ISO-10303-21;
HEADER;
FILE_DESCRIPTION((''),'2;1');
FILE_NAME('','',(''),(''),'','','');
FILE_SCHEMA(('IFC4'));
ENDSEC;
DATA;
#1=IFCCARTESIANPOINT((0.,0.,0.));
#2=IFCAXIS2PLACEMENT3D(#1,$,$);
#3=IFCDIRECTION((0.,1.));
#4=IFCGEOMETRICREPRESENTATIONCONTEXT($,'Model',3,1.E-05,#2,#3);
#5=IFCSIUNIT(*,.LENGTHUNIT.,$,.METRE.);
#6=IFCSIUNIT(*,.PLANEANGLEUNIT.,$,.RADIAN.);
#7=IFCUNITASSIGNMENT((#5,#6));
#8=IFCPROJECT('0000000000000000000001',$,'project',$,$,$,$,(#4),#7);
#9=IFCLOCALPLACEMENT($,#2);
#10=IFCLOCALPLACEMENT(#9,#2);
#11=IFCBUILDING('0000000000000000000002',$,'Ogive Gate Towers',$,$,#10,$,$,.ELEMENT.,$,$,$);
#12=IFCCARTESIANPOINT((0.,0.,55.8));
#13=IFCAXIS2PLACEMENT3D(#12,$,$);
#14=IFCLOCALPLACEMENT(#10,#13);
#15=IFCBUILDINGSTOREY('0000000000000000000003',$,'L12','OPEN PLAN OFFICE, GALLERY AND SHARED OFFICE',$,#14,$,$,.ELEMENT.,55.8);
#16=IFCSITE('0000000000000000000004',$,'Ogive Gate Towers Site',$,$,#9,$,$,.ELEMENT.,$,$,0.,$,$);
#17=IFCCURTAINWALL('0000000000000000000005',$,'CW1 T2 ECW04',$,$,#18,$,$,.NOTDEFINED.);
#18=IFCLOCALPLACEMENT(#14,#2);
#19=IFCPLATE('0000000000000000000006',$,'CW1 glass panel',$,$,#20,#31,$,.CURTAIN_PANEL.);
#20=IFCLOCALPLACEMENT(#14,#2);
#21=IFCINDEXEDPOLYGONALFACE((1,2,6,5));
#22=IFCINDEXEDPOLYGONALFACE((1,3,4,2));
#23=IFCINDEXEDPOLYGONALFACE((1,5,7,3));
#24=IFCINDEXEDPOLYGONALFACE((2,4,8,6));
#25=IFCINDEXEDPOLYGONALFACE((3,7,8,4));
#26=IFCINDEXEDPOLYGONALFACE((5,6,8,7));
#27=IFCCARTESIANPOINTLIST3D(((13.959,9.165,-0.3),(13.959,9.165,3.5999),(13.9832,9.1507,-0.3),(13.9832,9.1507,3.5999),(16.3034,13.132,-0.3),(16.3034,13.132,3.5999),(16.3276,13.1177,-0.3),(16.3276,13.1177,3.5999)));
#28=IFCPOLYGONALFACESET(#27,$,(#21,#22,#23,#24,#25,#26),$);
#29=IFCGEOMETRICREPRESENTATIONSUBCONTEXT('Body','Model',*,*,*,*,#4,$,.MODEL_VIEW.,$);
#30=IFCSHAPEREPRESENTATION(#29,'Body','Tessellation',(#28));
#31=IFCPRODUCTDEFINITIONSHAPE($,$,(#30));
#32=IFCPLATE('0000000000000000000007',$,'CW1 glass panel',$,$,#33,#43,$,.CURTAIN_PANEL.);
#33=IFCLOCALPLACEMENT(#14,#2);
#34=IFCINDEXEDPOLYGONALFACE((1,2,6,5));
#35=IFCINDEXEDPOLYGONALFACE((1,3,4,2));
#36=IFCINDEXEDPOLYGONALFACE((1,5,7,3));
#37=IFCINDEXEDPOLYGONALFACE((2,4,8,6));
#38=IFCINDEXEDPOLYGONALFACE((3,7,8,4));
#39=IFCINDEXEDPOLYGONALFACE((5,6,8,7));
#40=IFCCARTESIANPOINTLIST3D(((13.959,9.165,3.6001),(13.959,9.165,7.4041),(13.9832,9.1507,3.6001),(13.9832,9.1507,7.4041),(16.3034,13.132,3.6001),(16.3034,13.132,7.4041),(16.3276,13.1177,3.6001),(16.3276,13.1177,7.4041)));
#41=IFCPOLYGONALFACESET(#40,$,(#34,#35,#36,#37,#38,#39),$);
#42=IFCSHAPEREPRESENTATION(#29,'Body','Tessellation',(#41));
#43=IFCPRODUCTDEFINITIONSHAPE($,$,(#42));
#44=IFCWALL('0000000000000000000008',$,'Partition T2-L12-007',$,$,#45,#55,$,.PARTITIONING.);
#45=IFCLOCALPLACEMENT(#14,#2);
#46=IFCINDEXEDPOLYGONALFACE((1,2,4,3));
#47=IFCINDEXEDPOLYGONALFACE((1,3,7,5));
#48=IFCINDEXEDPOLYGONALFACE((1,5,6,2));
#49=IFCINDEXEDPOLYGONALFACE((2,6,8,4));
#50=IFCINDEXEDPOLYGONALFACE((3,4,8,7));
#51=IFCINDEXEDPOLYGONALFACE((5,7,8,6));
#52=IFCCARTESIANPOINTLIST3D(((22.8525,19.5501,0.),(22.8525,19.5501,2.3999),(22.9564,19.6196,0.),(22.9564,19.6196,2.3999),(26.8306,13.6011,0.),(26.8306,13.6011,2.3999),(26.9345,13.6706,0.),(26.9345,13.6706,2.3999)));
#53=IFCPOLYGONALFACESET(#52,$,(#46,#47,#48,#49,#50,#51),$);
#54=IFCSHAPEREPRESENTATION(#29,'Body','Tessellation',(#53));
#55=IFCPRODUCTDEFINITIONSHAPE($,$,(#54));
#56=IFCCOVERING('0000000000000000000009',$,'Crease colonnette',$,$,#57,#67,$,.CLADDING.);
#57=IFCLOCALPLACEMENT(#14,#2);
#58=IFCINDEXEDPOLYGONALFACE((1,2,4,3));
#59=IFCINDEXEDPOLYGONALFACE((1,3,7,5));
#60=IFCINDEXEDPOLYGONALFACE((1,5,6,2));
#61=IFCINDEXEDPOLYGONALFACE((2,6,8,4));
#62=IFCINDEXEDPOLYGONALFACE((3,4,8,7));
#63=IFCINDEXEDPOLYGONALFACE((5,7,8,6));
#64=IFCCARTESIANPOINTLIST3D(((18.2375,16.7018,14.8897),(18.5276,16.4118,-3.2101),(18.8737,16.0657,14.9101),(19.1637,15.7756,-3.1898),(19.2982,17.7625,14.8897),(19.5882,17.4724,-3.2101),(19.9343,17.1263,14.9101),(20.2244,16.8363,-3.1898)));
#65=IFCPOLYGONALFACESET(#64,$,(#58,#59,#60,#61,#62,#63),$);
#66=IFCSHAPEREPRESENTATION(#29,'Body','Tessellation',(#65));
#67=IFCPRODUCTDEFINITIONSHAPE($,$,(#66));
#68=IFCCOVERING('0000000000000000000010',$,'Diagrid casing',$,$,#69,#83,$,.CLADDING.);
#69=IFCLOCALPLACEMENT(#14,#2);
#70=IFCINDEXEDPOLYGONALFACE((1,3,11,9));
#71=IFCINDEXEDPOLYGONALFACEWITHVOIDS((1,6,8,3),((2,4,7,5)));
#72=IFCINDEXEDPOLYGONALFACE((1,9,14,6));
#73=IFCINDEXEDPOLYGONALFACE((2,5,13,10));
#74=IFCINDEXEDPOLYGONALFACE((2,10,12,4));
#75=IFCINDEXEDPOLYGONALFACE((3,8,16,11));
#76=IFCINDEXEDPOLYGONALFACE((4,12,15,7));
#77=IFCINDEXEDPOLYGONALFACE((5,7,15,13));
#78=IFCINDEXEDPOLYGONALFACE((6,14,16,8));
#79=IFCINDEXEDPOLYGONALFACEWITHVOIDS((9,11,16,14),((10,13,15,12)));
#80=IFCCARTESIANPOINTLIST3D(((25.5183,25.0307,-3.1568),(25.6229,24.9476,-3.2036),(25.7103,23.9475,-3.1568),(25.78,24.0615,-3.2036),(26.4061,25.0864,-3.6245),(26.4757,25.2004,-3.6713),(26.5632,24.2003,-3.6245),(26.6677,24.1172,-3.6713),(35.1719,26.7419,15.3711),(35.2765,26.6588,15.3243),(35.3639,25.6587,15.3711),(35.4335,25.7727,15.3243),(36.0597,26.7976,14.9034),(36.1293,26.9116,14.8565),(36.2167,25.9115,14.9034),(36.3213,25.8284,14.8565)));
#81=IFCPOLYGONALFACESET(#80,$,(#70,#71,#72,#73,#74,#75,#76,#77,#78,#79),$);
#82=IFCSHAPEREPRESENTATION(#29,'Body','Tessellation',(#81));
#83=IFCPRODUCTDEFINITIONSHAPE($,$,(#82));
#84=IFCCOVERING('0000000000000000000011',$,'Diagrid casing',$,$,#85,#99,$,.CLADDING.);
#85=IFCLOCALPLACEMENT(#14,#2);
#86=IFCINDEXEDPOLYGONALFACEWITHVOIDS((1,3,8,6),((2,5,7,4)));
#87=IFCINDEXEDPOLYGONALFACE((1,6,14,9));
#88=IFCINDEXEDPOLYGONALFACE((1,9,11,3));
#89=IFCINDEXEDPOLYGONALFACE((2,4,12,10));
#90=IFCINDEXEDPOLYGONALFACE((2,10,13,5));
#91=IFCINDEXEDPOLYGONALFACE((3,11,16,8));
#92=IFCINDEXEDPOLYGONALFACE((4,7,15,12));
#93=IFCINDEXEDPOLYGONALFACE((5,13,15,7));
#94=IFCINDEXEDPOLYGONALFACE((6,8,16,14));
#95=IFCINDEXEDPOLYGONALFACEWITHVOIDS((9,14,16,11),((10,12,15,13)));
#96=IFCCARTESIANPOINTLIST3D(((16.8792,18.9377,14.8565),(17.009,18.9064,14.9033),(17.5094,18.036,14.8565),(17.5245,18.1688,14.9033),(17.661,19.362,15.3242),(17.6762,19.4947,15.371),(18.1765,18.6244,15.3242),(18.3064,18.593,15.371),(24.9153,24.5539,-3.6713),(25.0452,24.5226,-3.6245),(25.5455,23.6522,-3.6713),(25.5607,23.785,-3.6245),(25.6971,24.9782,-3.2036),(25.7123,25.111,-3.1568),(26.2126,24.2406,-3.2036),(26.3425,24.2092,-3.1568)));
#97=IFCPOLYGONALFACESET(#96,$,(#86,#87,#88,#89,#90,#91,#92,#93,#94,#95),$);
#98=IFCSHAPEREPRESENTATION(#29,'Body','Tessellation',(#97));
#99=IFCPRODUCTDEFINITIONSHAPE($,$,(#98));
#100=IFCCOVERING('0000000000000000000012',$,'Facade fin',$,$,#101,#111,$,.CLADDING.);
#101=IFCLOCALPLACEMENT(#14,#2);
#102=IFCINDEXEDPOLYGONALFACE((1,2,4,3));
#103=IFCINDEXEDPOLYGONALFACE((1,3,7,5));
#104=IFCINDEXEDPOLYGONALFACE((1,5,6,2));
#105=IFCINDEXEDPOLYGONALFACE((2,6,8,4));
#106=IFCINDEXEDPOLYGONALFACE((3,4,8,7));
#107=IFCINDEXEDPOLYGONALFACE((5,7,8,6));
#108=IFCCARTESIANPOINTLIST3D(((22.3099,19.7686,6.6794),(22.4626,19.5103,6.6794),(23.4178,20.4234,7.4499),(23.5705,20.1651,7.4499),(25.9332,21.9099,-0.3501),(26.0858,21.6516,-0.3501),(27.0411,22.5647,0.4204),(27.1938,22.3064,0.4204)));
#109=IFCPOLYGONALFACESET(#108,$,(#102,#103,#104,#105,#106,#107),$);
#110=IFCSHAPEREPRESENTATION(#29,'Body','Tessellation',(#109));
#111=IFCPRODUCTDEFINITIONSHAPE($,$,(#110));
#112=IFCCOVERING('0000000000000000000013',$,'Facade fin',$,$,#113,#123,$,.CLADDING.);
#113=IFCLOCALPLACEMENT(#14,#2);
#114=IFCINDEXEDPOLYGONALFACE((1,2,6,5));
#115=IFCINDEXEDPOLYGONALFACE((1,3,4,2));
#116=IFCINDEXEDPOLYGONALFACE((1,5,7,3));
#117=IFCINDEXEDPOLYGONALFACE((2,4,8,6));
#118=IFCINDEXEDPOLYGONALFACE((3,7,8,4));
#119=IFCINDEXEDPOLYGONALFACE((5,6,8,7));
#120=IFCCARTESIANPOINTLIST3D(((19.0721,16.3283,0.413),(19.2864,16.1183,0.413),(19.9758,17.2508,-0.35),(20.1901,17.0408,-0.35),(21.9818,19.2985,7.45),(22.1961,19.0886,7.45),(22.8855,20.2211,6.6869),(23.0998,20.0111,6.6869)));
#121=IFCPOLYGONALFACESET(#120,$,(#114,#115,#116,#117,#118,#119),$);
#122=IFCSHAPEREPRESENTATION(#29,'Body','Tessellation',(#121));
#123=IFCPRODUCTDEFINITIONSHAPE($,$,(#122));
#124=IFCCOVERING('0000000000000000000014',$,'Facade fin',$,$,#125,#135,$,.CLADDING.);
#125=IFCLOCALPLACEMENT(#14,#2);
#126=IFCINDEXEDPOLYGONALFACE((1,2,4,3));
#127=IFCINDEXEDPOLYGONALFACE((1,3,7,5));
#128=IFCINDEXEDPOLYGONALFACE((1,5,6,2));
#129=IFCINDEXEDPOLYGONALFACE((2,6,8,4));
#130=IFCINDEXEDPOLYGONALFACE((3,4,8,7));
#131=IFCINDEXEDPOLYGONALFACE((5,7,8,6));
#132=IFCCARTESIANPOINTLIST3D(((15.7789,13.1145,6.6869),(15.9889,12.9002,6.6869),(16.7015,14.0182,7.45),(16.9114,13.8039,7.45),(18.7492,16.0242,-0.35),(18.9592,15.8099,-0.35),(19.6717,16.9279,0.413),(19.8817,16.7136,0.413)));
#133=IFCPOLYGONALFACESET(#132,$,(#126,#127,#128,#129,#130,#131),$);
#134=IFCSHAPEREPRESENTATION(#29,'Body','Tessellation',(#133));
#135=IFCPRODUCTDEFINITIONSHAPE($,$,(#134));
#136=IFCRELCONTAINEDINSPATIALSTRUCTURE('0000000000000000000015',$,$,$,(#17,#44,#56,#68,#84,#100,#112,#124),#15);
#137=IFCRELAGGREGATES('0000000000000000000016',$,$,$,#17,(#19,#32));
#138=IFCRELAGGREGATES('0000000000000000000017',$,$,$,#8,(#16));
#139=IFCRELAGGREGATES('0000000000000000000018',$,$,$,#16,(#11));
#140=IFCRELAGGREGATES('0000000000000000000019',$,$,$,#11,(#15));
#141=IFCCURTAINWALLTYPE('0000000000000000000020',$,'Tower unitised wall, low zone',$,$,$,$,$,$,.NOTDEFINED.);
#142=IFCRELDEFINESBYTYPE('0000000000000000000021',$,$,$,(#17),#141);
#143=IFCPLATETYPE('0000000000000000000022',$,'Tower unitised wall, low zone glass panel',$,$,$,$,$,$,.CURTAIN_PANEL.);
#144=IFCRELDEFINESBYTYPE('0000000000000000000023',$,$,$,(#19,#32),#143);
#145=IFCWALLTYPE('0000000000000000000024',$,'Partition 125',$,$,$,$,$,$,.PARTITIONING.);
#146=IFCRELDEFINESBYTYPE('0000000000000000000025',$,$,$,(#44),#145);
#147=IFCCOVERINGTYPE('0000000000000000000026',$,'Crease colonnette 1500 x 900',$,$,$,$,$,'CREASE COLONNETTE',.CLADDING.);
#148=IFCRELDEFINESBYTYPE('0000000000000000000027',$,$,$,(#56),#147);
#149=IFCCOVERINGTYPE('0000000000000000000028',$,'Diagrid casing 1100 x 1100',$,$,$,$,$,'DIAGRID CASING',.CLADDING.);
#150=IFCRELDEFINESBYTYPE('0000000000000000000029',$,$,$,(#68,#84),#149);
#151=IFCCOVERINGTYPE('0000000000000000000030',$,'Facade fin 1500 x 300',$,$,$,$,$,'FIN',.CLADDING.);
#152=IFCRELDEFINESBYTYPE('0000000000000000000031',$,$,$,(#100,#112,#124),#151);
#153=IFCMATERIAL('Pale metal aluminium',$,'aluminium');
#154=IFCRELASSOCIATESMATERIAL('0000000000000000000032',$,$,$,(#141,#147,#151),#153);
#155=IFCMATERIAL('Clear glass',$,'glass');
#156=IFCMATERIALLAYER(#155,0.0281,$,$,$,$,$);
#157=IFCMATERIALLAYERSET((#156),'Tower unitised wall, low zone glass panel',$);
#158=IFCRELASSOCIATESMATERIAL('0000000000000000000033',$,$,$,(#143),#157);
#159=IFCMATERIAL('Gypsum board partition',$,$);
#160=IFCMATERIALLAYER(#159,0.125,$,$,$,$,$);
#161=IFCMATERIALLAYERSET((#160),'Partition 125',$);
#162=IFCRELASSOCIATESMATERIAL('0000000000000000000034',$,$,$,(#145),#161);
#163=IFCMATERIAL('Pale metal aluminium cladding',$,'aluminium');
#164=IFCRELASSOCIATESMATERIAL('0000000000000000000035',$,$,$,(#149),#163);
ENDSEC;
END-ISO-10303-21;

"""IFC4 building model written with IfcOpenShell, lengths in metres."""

from ifc_helpers import new_model, si_unit, direction, frame, frame_2d, origin, origin_2d, place, context, subcontext, project, spatial, rectangle, hollow_rectangle, extrude, material, layer, layer_set, material_profile, profile_set, type_object, element, aggregate, save


model = new_model("IFC4")

# Units and contexts
model_context = context("Model", 3, precision=1e-05, world=origin(), true_north=direction((0.0, 1.0)))
body_context = subcontext(model_context, "Body", "Model", "MODEL_VIEW")
ifc_project = project(units=[si_unit("LENGTHUNIT", "METRE"), si_unit("PLANEANGLEUNIT", "RADIAN")], contexts=[model_context])

# Site, building, storey
site_placement = place(None, origin())
site = spatial("IfcSite", under=ifc_project, at=site_placement, Name="Ogive Gate Towers Site", CompositionType="ELEMENT", RefElevation=0.0)
building_placement = place(site_placement, origin())
building = spatial("IfcBuilding", under=site, at=building_placement, Name="Ogive Gate Towers", CompositionType="ELEMENT")
storey_placement = place(building_placement, frame((0.0, 0.0, 55.8)))
storey = spatial("IfcBuildingStorey", under=building, at=storey_placement, Name="L12", Description="OPEN PLAN OFFICE, GALLERY AND SHARED OFFICE", CompositionType="ELEMENT", Elevation=55.8)

# Shared definitions
ifc_material_1 = material(Name="Pale metal aluminium", Category="aluminium")
curtain_wall_type = type_object("IfcCurtainWallType", Name="Tower unitised wall, low zone", PredefinedType="NOTDEFINED", material=ifc_material_1)

# Curtain wall
curtain_wall_1_placement = place(storey_placement, origin())
curtain_wall_1 = element("IfcCurtainWall", 1, at=curtain_wall_1_placement, inside=storey, type_object=curtain_wall_type, Name="CW1 T2 ECW04", PredefinedType="NOTDEFINED")

# Plates
ifc_material_2 = material(Name="Clear glass", Category="glass")
ifc_layer_1 = layer(ifc_material_2, 0.0281)
ifc_layer_set_1 = layer_set([ifc_layer_1], Name="Tower unitised wall, low zone glass panel")
plate_type = type_object("IfcPlateType", Name="Tower unitised wall, low zone glass panel", PredefinedType="CURTAIN_PANEL", material=ifc_layer_set_1)
plate_1_placement = place(storey_placement, frame((15.1433, 11.1414, -0.3), z_axis=(0.0, 0.0, 1.0), x_axis=(-0.508771, -0.860902, 0.0)))
plate_1 = element("IfcPlate", 2, at=plate_1_placement, type_object=plate_type, Name="CW1 glass panel", PredefinedType="CURTAIN_PANEL", context=body_context, shape_type="SweptSolid", body=[
    extrude(rectangle(XDim=4.6079, YDim=0.0281, at=origin_2d()), origin(), (0.0, 0.0, 1.0), 3.8999),
])
plate_2_placement = place(storey_placement, frame((15.1433, 11.1414, 3.6001), z_axis=(0.0, 0.0, 1.0), x_axis=(-0.508771, -0.860902, 0.0)))
plate_2 = element("IfcPlate", 3, at=plate_2_placement, type_object=plate_type, Name="CW1 glass panel", PredefinedType="CURTAIN_PANEL", context=body_context, shape_type="SweptSolid", body=[
    extrude(rectangle(XDim=4.6079, YDim=0.0281, at=origin_2d()), origin(), (0.0, 0.0, 1.0), 3.804),
])
aggregate(curtain_wall_1, [plate_1, plate_2])

# Wall
ifc_material_3 = material(Name="Gypsum board partition")
ifc_layer_2 = layer(ifc_material_3, 0.125)
ifc_layer_set_2 = layer_set([ifc_layer_2], Name="Partition 125")
wall_type = type_object("IfcWallType", Name="Partition 125", PredefinedType="PARTITIONING", material=ifc_layer_set_2)
wall_placement = place(storey_placement, frame((22.9045, 19.5847, 0.0), z_axis=(0.0, 0.0, 1.0), x_axis=(0.555865, -0.831273, 0.0)))
element("IfcWall", 4, at=wall_placement, inside=storey, type_object=wall_type, Name="Partition T2-L12-007", PredefinedType="PARTITIONING", context=body_context, shape_type="SweptSolid", body=[
    extrude(rectangle(XDim=7.1565, YDim=0.125, at=frame_2d((3.5781, 0.0))), origin(), (0.0, 0.0, 1.0), 2.3999),
])

# Coverings
ifc_material_profile_1 = material_profile(ifc_material_1, rectangle(XDim=1.5, YDim=0.8999, at=origin_2d()), Name="1500 x 900 pale metal aluminium")
ifc_profile_set_1 = profile_set([ifc_material_profile_1], Name="Pale metal aluminium")
covering_type_1 = type_object("IfcCoveringType", Name="Crease colonnette 1500 x 900", ElementType="CREASE COLONNETTE", PredefinedType="CLADDING", material=ifc_profile_set_1)
covering_1_placement = place(storey_placement, frame((19.376, 16.624, -3.2), z_axis=(-0.01602, 0.01602, 0.999743), x_axis=(-0.707107, -0.707107, 0.0)))
element("IfcCovering", 5, at=covering_1_placement, inside=storey, type_object=covering_type_1, Name="Crease colonnette", PredefinedType="CLADDING", context=body_context, shape_type="SweptSolid", body=[
    extrude(rectangle(XDim=1.5, YDim=0.8999, at=origin_2d()), origin(), (0.0, 0.0, 1.0), 18.1045),
])
ifc_material_4 = material(Name="Pale metal aluminium cladding", Category="aluminium")
ifc_material_profile_2 = material_profile(ifc_material_4, hollow_rectangle(XDim=1.1001, YDim=1.1001, WallThickness=0.1001, at=origin_2d()), Name="1100 x 1100 pale metal casing")
ifc_profile_set_2 = profile_set([ifc_material_profile_2], Name="Pale metal aluminium cladding")
covering_type_2 = type_object("IfcCoveringType", Name="Diagrid casing 1100 x 1100", ElementType="DIAGRID CASING", PredefinedType="CLADDING", material=ifc_profile_set_2)
for number, where, z_axis, x_axis, name in (
    (6, (26.093, 24.574, -3.4141), (0.46053, 0.081633, 0.883883), (-0.174538, 0.98465, 0.0), "Diagrid casing"),
    (7, (25.6289, 24.3816, -3.4141), (-0.383368, -0.267925, 0.883881), (0.57284, -0.819667, 0.0), "Diagrid casing"),
):
    element("IfcCovering", number, at=place(storey_placement, frame(where, z_axis=z_axis, x_axis=x_axis)), inside=storey, type_object=covering_type_2, Name=name, PredefinedType="CLADDING", context=body_context, shape_type="SweptSolid", body=[
        extrude(hollow_rectangle(XDim=1.1001, YDim=1.1001, WallThickness=0.1001, at=origin_2d()), origin(), (0.0, 0.0, 1.0), 20.9619),
    ])
ifc_material_profile_3 = material_profile(ifc_material_1, rectangle(XDim=0.3, YDim=1.5, at=origin_2d()), Name="1500 x 300 pale metal aluminium")
ifc_profile_set_3 = profile_set([ifc_material_profile_3], Name="Pale metal aluminium")
covering_type_3 = type_object("IfcCoveringType", Name="Facade fin 1500 x 300", ElementType="FIN", PredefinedType="CLADDING", material=ifc_profile_set_3)
covering_2_placement = place(storey_placement, frame((26.5635, 22.1082, 0.0352), z_axis=(-0.442233, -0.261359, 0.857975), x_axis=(0.508786, -0.860893, 0.0)))
element("IfcCovering", 8, at=covering_2_placement, inside=storey, type_object=covering_type_3, Name="Facade fin", PredefinedType="CLADDING", context=body_context, shape_type="SweptSolid", body=[
    extrude(rectangle(XDim=0.3, YDim=1.5, at=origin_2d()), origin(), (0.0, 0.0, 1.0), 8.1931),
])
for number, where, z_axis, x_axis, name in (
    (9, (19.6311, 16.6846, 0.0315), (0.355989, 0.363396, 0.860938), (-0.71435, 0.699788, 0.0), "Facade fin"),
    (10, (19.3154, 16.3689, 0.0315), (-0.363396, -0.355989, 0.860938), (0.699788, -0.71435, 0.0), "Facade fin"),
):
    element("IfcCovering", number, at=place(storey_placement, frame(where, z_axis=z_axis, x_axis=x_axis)), inside=storey, type_object=covering_type_3, Name=name, PredefinedType="CLADDING", context=body_context, shape_type="SweptSolid", body=[
        extrude(rectangle(XDim=0.3, YDim=1.5, at=origin_2d()), origin(), (0.0, 0.0, 1.0), 8.1736),
    ])

save(model, "model.ifc")
